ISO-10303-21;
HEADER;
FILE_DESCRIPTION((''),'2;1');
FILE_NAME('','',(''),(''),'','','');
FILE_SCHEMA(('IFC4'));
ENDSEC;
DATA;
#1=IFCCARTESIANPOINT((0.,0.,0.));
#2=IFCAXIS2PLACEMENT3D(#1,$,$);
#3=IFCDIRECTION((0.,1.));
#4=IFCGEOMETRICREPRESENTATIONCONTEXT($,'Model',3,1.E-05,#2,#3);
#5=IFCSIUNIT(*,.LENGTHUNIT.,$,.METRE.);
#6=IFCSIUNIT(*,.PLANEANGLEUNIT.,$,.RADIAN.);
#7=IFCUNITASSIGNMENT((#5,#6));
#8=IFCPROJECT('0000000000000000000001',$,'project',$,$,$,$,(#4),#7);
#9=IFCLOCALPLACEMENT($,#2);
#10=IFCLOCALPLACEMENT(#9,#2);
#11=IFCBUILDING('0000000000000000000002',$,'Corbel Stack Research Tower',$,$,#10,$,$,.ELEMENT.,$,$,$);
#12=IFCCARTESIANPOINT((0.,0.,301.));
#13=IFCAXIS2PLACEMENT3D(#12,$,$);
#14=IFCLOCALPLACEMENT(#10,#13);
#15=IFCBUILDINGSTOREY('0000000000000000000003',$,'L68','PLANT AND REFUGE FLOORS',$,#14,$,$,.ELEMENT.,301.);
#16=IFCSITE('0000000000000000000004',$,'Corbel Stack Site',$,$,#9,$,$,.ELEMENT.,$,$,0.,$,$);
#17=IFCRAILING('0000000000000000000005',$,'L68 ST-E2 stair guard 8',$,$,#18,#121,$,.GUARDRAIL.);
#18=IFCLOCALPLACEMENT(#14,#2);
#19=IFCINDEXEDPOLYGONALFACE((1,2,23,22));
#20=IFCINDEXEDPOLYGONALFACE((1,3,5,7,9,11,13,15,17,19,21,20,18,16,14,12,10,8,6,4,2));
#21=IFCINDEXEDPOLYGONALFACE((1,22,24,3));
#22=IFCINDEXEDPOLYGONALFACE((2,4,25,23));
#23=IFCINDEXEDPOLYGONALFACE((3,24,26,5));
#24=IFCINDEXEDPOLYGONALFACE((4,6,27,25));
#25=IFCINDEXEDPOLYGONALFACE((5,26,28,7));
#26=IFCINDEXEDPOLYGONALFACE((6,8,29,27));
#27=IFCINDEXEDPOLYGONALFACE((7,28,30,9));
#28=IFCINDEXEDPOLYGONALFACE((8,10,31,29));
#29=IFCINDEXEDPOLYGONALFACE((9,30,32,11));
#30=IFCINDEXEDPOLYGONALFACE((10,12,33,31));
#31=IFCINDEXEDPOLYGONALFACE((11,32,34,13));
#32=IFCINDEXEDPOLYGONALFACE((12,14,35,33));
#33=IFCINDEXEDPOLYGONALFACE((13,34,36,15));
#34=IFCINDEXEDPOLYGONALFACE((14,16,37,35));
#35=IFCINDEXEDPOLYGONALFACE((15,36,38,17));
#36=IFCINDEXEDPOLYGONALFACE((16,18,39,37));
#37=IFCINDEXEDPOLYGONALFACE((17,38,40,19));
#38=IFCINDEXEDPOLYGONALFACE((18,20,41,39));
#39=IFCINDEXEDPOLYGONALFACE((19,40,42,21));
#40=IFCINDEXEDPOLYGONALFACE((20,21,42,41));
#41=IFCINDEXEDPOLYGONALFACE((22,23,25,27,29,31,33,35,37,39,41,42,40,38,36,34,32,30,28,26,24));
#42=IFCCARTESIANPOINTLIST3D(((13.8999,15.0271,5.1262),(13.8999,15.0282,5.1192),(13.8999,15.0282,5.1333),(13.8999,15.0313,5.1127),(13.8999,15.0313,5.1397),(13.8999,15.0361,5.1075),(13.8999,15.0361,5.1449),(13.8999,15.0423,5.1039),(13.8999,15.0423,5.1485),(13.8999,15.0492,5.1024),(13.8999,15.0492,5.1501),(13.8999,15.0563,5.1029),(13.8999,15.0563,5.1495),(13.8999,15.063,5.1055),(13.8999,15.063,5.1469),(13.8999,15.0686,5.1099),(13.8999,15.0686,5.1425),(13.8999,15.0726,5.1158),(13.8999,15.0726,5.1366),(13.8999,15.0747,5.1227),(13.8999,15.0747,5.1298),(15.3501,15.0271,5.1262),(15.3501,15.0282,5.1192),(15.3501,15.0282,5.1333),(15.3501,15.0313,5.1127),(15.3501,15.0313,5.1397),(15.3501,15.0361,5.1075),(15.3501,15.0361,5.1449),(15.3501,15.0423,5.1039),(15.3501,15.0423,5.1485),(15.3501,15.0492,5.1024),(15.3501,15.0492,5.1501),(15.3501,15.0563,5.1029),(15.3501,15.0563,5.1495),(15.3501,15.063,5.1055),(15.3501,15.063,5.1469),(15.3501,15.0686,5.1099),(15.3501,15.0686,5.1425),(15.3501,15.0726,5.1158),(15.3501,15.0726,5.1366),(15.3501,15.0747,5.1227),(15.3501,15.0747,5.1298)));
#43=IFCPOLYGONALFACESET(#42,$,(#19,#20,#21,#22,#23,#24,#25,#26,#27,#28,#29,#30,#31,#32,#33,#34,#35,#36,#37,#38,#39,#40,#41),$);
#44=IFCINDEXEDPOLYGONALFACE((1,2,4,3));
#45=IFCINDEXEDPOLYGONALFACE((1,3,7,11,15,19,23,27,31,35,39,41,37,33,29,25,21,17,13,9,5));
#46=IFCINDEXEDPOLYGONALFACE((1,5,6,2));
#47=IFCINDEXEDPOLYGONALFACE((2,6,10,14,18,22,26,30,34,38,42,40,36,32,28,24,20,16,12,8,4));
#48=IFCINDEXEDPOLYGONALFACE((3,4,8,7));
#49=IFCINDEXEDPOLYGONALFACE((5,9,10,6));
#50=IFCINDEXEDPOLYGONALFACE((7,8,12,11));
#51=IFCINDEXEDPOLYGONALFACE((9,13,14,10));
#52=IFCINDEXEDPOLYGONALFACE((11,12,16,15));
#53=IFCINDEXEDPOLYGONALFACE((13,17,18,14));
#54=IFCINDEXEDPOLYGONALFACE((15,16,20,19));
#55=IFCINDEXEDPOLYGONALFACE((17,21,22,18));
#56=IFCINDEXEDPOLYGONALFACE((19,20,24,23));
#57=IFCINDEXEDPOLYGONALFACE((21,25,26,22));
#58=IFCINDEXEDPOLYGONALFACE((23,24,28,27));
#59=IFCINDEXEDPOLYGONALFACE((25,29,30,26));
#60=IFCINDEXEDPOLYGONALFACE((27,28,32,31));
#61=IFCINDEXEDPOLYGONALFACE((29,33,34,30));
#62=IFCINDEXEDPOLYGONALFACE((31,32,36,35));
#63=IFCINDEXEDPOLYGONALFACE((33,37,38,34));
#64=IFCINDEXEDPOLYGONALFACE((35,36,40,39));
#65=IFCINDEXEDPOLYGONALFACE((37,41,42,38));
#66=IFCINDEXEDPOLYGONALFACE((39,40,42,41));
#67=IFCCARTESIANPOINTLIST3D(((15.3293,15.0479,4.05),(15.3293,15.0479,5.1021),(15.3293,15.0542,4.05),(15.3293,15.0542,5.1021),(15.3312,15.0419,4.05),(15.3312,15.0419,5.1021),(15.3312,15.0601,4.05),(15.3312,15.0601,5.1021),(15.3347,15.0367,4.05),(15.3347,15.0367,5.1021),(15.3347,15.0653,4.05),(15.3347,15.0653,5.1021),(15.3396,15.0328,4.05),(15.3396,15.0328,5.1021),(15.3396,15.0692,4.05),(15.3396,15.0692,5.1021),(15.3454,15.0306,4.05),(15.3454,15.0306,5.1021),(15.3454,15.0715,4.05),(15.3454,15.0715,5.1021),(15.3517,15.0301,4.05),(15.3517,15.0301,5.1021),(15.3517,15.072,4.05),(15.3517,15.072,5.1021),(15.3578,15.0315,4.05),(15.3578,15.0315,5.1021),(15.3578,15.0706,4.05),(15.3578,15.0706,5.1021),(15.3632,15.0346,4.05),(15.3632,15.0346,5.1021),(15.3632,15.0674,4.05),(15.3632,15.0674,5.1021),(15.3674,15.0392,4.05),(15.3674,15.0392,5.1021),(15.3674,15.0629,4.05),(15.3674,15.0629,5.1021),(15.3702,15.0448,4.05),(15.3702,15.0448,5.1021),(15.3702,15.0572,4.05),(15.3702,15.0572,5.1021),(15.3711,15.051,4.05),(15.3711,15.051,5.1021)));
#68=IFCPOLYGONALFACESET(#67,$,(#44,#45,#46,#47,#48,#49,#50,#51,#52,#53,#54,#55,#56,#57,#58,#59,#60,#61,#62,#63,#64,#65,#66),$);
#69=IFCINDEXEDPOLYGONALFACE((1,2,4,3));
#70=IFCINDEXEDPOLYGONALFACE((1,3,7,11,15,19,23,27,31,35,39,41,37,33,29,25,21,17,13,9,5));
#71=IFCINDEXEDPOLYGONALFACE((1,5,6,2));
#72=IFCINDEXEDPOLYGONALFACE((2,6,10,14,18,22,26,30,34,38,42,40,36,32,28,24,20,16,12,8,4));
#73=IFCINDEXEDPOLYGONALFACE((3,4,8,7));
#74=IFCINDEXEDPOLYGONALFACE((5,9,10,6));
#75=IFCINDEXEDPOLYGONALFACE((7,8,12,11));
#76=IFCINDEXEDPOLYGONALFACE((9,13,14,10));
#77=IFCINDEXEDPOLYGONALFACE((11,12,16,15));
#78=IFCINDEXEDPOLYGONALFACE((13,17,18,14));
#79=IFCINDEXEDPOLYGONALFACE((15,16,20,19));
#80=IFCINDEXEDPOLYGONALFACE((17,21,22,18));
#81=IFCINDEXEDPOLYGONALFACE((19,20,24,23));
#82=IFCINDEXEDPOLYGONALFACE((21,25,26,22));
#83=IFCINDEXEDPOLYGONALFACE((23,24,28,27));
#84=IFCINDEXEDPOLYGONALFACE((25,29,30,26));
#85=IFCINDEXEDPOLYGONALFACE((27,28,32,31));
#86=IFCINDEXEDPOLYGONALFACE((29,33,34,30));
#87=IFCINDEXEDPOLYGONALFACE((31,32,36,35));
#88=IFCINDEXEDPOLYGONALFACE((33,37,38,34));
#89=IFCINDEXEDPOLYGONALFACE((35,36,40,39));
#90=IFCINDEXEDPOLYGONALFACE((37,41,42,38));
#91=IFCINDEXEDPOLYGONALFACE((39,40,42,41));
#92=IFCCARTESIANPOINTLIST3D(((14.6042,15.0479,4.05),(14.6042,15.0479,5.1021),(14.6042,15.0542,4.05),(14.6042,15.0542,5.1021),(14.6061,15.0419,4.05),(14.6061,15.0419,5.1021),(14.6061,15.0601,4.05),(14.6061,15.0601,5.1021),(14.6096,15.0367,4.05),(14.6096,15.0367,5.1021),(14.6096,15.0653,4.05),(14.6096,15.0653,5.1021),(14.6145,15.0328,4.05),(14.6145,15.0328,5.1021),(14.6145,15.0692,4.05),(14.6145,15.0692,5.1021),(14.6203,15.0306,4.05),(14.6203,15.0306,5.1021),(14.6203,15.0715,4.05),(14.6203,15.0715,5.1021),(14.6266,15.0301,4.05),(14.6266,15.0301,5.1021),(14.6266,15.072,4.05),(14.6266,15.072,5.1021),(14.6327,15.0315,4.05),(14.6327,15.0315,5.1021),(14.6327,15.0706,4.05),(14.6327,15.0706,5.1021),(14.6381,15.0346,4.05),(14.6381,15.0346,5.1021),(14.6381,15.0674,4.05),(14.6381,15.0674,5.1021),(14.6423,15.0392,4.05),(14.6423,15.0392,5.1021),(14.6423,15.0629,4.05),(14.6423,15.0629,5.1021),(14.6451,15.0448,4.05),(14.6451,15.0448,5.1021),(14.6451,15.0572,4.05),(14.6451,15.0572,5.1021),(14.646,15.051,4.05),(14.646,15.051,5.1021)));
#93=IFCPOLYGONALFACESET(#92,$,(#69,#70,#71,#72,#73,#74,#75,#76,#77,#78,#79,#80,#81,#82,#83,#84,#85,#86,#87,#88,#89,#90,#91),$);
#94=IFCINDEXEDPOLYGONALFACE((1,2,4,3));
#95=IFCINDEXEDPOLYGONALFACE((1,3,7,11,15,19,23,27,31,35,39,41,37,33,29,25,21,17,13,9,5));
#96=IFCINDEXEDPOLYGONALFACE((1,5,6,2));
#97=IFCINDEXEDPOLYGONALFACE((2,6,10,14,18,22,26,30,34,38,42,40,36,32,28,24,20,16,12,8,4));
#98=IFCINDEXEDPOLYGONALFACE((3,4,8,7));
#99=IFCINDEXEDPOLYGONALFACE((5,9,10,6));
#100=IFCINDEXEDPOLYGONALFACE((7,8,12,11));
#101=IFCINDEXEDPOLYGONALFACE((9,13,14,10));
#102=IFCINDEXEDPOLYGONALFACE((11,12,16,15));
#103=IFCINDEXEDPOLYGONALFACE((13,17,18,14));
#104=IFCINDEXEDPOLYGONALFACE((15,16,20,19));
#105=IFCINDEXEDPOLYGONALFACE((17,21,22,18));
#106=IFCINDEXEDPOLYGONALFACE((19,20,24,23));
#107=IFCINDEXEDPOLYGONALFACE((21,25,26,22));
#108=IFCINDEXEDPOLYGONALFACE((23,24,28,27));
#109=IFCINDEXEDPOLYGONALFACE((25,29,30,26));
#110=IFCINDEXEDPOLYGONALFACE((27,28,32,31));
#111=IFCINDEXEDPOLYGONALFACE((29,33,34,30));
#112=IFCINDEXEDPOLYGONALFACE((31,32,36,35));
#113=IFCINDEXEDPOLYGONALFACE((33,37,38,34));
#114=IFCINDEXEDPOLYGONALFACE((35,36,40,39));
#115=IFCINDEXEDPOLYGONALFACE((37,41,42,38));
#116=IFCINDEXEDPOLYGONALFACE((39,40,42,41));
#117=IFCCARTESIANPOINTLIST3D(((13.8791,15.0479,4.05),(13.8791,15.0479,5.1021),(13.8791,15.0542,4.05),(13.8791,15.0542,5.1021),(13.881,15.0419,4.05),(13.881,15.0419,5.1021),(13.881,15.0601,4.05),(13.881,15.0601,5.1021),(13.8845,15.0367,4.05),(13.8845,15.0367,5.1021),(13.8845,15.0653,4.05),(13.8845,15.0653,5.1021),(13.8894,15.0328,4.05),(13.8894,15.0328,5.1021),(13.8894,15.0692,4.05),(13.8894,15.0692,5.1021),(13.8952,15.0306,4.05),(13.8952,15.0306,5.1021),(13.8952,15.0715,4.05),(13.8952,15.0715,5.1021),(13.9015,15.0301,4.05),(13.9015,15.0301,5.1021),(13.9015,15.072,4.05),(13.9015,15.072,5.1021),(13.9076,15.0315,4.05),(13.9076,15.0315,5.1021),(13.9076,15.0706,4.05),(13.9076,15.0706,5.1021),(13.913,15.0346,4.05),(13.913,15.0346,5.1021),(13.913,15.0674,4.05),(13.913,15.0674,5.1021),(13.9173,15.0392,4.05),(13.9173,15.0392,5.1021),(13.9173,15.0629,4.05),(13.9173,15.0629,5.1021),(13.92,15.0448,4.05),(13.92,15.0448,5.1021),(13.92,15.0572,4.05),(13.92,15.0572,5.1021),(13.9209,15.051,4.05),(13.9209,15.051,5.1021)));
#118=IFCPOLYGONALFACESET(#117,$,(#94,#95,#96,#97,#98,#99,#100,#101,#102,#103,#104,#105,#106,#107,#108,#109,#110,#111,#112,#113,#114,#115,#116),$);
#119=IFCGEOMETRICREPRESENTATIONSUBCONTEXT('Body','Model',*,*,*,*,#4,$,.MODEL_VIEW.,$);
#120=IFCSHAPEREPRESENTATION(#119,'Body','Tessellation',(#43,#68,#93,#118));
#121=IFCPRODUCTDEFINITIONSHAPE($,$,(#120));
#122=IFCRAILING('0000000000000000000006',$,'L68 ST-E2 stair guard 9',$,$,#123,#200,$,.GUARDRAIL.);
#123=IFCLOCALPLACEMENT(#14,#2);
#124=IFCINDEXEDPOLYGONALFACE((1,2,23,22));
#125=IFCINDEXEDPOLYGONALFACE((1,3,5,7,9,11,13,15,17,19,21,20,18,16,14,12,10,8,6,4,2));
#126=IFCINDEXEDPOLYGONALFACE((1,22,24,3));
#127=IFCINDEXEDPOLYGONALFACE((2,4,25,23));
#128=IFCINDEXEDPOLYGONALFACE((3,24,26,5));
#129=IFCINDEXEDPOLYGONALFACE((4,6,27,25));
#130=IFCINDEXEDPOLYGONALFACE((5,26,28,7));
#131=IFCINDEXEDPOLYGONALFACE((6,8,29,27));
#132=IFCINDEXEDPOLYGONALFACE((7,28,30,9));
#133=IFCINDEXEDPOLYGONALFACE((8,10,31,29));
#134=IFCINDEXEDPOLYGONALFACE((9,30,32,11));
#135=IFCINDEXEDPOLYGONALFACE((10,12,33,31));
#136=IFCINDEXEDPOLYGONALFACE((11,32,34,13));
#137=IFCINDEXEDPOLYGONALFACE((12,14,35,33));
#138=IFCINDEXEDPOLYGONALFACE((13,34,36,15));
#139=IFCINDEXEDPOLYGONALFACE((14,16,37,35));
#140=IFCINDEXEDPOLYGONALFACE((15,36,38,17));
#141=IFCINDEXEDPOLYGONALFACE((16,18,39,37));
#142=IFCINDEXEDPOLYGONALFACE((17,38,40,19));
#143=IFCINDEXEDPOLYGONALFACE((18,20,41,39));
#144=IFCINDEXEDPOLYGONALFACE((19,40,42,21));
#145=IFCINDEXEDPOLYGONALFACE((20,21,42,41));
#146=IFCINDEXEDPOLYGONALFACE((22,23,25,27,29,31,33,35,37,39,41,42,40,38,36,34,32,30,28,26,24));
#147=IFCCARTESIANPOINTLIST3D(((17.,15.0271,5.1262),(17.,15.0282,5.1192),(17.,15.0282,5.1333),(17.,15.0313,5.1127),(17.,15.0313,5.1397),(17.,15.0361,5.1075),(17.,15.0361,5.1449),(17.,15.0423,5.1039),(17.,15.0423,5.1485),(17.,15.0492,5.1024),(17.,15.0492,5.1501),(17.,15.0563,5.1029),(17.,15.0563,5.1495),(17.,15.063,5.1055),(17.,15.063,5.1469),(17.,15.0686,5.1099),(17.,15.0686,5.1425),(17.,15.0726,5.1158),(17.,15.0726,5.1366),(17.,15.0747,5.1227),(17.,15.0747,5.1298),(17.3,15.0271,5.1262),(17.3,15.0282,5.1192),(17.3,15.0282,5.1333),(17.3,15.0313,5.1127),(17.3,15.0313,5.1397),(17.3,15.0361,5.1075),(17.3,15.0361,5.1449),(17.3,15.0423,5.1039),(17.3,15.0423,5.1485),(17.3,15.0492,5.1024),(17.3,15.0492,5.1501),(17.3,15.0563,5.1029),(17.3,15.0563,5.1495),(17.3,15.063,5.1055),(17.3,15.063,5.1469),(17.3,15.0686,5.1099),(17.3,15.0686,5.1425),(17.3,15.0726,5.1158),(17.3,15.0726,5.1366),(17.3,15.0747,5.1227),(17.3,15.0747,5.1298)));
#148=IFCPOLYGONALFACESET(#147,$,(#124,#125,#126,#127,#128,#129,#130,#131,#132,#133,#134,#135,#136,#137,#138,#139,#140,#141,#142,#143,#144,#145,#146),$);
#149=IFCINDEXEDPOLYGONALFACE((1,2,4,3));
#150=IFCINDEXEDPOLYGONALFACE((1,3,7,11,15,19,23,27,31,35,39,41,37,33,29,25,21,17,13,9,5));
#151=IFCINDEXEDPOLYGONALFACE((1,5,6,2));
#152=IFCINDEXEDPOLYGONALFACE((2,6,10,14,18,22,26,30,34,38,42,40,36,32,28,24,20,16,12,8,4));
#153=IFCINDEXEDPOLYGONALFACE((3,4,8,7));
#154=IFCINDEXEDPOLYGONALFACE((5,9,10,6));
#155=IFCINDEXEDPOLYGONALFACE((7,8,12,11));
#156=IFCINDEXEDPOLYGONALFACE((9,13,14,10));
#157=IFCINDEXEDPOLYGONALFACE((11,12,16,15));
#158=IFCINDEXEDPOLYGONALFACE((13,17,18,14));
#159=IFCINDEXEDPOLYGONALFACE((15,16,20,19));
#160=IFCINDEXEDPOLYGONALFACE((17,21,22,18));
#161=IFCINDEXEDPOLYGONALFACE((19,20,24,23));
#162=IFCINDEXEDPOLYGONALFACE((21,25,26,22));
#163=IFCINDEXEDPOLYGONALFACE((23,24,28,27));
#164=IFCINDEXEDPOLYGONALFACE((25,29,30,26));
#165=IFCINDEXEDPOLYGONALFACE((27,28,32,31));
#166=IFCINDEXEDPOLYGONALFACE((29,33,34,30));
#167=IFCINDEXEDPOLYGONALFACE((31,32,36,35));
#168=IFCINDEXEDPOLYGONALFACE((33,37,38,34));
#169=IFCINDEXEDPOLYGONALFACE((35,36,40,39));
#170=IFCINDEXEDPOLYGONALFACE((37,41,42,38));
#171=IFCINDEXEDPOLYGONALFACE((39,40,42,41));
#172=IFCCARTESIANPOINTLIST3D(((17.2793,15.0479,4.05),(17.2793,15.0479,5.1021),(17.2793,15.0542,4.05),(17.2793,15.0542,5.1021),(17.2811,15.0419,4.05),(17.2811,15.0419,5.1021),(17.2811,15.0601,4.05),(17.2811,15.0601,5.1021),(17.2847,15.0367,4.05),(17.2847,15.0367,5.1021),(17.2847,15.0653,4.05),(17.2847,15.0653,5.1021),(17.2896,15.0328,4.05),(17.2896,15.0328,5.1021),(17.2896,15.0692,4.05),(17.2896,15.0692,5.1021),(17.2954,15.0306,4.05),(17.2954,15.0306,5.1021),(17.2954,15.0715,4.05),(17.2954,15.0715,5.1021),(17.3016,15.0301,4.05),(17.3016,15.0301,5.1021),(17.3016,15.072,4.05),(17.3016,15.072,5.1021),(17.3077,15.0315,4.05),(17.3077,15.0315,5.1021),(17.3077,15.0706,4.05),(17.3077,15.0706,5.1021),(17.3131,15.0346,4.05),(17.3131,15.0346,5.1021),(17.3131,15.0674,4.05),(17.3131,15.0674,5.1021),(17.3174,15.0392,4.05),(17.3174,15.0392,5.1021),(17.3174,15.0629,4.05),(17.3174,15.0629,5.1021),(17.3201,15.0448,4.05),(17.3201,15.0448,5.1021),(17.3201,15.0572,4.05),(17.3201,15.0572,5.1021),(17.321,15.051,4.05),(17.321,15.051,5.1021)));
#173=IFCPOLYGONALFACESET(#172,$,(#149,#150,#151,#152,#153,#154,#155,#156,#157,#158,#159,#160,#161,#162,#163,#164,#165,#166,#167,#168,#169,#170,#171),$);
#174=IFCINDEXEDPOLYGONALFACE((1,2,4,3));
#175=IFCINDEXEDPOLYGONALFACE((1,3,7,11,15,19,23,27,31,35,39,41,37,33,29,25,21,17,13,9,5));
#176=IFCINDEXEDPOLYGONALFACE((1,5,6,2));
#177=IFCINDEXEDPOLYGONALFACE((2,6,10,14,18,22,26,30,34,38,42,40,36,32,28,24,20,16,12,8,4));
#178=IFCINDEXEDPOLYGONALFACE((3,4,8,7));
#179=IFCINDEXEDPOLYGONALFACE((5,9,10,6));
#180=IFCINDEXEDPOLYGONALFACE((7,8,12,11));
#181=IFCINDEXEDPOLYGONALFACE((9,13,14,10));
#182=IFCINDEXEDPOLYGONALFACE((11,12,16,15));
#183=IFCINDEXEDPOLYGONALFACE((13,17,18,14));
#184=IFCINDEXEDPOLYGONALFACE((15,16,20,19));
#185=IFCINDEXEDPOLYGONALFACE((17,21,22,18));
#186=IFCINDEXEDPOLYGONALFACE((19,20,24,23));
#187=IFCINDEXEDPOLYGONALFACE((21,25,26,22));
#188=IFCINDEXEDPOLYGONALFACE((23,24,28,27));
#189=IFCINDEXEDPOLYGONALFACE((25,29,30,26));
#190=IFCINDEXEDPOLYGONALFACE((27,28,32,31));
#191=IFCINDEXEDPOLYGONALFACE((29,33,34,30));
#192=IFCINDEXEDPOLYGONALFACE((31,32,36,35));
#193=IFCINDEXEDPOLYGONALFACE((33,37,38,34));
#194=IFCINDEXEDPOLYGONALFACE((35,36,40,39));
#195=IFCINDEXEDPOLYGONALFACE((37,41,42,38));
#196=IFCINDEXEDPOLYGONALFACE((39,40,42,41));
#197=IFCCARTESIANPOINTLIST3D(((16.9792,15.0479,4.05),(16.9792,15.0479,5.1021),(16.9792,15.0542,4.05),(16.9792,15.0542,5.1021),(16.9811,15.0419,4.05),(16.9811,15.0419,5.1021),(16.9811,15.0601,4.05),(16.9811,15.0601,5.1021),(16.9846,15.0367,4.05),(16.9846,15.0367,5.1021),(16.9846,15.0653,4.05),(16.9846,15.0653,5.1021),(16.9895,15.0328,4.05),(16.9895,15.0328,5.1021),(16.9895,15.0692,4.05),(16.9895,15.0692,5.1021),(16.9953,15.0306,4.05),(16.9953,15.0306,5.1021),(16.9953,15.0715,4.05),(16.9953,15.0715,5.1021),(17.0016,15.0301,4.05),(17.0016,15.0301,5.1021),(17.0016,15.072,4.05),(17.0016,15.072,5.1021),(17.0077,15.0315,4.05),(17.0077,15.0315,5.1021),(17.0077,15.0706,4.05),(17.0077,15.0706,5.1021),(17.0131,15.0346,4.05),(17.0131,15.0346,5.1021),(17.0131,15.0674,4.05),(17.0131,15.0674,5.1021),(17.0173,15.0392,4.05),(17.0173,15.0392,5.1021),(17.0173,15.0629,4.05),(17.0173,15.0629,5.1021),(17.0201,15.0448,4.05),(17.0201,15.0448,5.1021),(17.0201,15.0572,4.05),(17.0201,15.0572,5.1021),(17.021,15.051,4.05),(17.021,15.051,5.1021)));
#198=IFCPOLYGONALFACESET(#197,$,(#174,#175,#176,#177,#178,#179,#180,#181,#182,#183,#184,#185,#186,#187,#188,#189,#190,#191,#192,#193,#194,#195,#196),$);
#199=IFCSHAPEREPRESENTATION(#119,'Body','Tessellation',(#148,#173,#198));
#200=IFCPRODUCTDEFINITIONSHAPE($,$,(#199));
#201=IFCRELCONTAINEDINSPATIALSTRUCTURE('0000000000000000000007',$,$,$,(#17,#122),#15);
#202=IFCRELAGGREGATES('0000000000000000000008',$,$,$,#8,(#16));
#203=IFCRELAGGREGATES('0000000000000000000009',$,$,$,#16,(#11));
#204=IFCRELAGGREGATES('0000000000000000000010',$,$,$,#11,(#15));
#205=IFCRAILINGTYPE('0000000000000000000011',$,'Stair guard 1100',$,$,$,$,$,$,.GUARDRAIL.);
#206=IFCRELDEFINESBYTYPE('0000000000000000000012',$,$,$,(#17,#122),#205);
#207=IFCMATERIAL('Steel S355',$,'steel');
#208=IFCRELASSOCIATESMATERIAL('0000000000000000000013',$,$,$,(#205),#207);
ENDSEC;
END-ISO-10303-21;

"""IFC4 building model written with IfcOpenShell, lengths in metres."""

from ifc_helpers import new_model, si_unit, direction, frame, origin, origin_2d, place, context, subcontext, project, spatial, circle, extrude, material, type_object, element, save


model = new_model("IFC4")

# Units and contexts
model_context = context("Model", 3, precision=1e-05, world=origin(), true_north=direction((0.0, 1.0)))
body_context = subcontext(model_context, "Body", "Model", "MODEL_VIEW")
ifc_project = project(units=[si_unit("LENGTHUNIT", "METRE"), si_unit("PLANEANGLEUNIT", "RADIAN")], contexts=[model_context])

# Site, building, storey
site_placement = place(None, origin())
site = spatial("IfcSite", under=ifc_project, at=site_placement, Name="Corbel Stack Site", CompositionType="ELEMENT", RefElevation=0.0)
building_placement = place(site_placement, origin())
building = spatial("IfcBuilding", under=site, at=building_placement, Name="Corbel Stack Research Tower", CompositionType="ELEMENT")
storey_placement = place(building_placement, frame((0.0, 0.0, 301.0)))
storey = spatial("IfcBuildingStorey", under=building, at=storey_placement, Name="L68", Description="PLANT AND REFUGE FLOORS", CompositionType="ELEMENT", Elevation=301.0)

# Railings
ifc_material_1 = material(Name="Steel S355", Category="steel")
railing_type = type_object("IfcRailingType", Name="Stair guard 1100", PredefinedType="GUARDRAIL", material=ifc_material_1)
railing_1_placement = place(storey_placement, frame((15.3501, 15.051, 4.05)))
element("IfcRailing", 1, at=railing_1_placement, inside=storey, type_object=railing_type, Name="L68 ST-E2 stair guard 8", PredefinedType="GUARDRAIL", context=body_context, shape_type="SweptSolid", body=[
    extrude(circle(Radius=0.0239, at=origin_2d()), frame((0.0, 0.0, 1.0762), z_axis=(-1.0, 0.0, 0.0), x_axis=(0.0, -1.0, 0.0)), (0.0, 0.0, 1.0), 1.4502),
    extrude(circle(Radius=0.021, at=origin_2d()), origin(), (0.0, 0.0, 1.0), 1.052),
    extrude(circle(Radius=0.021, at=origin_2d()), frame((-0.7251, 0.0, 0.0)), (0.0, 0.0, 1.0), 1.052),
    extrude(circle(Radius=0.021, at=origin_2d()), frame((-1.4502, 0.0, 0.0)), (0.0, 0.0, 1.0), 1.052),
])
railing_2_placement = place(storey_placement, frame((17.3, 15.051, 4.05)))
element("IfcRailing", 2, at=railing_2_placement, inside=storey, type_object=railing_type, Name="L68 ST-E2 stair guard 9", PredefinedType="GUARDRAIL", context=body_context, shape_type="SweptSolid", body=[
    extrude(circle(Radius=0.0239, at=origin_2d()), frame((0.0, 0.0, 1.0762), z_axis=(-1.0, 0.0, 0.0), x_axis=(0.0, -1.0, 0.0)), (0.0, 0.0, 1.0), 0.3),
    extrude(circle(Radius=0.021, at=origin_2d()), origin(), (0.0, 0.0, 1.0), 1.052),
    extrude(circle(Radius=0.021, at=origin_2d()), frame((-0.3, 0.0, 0.0)), (0.0, 0.0, 1.0), 1.052),
])

save(model, "model.ifc")
